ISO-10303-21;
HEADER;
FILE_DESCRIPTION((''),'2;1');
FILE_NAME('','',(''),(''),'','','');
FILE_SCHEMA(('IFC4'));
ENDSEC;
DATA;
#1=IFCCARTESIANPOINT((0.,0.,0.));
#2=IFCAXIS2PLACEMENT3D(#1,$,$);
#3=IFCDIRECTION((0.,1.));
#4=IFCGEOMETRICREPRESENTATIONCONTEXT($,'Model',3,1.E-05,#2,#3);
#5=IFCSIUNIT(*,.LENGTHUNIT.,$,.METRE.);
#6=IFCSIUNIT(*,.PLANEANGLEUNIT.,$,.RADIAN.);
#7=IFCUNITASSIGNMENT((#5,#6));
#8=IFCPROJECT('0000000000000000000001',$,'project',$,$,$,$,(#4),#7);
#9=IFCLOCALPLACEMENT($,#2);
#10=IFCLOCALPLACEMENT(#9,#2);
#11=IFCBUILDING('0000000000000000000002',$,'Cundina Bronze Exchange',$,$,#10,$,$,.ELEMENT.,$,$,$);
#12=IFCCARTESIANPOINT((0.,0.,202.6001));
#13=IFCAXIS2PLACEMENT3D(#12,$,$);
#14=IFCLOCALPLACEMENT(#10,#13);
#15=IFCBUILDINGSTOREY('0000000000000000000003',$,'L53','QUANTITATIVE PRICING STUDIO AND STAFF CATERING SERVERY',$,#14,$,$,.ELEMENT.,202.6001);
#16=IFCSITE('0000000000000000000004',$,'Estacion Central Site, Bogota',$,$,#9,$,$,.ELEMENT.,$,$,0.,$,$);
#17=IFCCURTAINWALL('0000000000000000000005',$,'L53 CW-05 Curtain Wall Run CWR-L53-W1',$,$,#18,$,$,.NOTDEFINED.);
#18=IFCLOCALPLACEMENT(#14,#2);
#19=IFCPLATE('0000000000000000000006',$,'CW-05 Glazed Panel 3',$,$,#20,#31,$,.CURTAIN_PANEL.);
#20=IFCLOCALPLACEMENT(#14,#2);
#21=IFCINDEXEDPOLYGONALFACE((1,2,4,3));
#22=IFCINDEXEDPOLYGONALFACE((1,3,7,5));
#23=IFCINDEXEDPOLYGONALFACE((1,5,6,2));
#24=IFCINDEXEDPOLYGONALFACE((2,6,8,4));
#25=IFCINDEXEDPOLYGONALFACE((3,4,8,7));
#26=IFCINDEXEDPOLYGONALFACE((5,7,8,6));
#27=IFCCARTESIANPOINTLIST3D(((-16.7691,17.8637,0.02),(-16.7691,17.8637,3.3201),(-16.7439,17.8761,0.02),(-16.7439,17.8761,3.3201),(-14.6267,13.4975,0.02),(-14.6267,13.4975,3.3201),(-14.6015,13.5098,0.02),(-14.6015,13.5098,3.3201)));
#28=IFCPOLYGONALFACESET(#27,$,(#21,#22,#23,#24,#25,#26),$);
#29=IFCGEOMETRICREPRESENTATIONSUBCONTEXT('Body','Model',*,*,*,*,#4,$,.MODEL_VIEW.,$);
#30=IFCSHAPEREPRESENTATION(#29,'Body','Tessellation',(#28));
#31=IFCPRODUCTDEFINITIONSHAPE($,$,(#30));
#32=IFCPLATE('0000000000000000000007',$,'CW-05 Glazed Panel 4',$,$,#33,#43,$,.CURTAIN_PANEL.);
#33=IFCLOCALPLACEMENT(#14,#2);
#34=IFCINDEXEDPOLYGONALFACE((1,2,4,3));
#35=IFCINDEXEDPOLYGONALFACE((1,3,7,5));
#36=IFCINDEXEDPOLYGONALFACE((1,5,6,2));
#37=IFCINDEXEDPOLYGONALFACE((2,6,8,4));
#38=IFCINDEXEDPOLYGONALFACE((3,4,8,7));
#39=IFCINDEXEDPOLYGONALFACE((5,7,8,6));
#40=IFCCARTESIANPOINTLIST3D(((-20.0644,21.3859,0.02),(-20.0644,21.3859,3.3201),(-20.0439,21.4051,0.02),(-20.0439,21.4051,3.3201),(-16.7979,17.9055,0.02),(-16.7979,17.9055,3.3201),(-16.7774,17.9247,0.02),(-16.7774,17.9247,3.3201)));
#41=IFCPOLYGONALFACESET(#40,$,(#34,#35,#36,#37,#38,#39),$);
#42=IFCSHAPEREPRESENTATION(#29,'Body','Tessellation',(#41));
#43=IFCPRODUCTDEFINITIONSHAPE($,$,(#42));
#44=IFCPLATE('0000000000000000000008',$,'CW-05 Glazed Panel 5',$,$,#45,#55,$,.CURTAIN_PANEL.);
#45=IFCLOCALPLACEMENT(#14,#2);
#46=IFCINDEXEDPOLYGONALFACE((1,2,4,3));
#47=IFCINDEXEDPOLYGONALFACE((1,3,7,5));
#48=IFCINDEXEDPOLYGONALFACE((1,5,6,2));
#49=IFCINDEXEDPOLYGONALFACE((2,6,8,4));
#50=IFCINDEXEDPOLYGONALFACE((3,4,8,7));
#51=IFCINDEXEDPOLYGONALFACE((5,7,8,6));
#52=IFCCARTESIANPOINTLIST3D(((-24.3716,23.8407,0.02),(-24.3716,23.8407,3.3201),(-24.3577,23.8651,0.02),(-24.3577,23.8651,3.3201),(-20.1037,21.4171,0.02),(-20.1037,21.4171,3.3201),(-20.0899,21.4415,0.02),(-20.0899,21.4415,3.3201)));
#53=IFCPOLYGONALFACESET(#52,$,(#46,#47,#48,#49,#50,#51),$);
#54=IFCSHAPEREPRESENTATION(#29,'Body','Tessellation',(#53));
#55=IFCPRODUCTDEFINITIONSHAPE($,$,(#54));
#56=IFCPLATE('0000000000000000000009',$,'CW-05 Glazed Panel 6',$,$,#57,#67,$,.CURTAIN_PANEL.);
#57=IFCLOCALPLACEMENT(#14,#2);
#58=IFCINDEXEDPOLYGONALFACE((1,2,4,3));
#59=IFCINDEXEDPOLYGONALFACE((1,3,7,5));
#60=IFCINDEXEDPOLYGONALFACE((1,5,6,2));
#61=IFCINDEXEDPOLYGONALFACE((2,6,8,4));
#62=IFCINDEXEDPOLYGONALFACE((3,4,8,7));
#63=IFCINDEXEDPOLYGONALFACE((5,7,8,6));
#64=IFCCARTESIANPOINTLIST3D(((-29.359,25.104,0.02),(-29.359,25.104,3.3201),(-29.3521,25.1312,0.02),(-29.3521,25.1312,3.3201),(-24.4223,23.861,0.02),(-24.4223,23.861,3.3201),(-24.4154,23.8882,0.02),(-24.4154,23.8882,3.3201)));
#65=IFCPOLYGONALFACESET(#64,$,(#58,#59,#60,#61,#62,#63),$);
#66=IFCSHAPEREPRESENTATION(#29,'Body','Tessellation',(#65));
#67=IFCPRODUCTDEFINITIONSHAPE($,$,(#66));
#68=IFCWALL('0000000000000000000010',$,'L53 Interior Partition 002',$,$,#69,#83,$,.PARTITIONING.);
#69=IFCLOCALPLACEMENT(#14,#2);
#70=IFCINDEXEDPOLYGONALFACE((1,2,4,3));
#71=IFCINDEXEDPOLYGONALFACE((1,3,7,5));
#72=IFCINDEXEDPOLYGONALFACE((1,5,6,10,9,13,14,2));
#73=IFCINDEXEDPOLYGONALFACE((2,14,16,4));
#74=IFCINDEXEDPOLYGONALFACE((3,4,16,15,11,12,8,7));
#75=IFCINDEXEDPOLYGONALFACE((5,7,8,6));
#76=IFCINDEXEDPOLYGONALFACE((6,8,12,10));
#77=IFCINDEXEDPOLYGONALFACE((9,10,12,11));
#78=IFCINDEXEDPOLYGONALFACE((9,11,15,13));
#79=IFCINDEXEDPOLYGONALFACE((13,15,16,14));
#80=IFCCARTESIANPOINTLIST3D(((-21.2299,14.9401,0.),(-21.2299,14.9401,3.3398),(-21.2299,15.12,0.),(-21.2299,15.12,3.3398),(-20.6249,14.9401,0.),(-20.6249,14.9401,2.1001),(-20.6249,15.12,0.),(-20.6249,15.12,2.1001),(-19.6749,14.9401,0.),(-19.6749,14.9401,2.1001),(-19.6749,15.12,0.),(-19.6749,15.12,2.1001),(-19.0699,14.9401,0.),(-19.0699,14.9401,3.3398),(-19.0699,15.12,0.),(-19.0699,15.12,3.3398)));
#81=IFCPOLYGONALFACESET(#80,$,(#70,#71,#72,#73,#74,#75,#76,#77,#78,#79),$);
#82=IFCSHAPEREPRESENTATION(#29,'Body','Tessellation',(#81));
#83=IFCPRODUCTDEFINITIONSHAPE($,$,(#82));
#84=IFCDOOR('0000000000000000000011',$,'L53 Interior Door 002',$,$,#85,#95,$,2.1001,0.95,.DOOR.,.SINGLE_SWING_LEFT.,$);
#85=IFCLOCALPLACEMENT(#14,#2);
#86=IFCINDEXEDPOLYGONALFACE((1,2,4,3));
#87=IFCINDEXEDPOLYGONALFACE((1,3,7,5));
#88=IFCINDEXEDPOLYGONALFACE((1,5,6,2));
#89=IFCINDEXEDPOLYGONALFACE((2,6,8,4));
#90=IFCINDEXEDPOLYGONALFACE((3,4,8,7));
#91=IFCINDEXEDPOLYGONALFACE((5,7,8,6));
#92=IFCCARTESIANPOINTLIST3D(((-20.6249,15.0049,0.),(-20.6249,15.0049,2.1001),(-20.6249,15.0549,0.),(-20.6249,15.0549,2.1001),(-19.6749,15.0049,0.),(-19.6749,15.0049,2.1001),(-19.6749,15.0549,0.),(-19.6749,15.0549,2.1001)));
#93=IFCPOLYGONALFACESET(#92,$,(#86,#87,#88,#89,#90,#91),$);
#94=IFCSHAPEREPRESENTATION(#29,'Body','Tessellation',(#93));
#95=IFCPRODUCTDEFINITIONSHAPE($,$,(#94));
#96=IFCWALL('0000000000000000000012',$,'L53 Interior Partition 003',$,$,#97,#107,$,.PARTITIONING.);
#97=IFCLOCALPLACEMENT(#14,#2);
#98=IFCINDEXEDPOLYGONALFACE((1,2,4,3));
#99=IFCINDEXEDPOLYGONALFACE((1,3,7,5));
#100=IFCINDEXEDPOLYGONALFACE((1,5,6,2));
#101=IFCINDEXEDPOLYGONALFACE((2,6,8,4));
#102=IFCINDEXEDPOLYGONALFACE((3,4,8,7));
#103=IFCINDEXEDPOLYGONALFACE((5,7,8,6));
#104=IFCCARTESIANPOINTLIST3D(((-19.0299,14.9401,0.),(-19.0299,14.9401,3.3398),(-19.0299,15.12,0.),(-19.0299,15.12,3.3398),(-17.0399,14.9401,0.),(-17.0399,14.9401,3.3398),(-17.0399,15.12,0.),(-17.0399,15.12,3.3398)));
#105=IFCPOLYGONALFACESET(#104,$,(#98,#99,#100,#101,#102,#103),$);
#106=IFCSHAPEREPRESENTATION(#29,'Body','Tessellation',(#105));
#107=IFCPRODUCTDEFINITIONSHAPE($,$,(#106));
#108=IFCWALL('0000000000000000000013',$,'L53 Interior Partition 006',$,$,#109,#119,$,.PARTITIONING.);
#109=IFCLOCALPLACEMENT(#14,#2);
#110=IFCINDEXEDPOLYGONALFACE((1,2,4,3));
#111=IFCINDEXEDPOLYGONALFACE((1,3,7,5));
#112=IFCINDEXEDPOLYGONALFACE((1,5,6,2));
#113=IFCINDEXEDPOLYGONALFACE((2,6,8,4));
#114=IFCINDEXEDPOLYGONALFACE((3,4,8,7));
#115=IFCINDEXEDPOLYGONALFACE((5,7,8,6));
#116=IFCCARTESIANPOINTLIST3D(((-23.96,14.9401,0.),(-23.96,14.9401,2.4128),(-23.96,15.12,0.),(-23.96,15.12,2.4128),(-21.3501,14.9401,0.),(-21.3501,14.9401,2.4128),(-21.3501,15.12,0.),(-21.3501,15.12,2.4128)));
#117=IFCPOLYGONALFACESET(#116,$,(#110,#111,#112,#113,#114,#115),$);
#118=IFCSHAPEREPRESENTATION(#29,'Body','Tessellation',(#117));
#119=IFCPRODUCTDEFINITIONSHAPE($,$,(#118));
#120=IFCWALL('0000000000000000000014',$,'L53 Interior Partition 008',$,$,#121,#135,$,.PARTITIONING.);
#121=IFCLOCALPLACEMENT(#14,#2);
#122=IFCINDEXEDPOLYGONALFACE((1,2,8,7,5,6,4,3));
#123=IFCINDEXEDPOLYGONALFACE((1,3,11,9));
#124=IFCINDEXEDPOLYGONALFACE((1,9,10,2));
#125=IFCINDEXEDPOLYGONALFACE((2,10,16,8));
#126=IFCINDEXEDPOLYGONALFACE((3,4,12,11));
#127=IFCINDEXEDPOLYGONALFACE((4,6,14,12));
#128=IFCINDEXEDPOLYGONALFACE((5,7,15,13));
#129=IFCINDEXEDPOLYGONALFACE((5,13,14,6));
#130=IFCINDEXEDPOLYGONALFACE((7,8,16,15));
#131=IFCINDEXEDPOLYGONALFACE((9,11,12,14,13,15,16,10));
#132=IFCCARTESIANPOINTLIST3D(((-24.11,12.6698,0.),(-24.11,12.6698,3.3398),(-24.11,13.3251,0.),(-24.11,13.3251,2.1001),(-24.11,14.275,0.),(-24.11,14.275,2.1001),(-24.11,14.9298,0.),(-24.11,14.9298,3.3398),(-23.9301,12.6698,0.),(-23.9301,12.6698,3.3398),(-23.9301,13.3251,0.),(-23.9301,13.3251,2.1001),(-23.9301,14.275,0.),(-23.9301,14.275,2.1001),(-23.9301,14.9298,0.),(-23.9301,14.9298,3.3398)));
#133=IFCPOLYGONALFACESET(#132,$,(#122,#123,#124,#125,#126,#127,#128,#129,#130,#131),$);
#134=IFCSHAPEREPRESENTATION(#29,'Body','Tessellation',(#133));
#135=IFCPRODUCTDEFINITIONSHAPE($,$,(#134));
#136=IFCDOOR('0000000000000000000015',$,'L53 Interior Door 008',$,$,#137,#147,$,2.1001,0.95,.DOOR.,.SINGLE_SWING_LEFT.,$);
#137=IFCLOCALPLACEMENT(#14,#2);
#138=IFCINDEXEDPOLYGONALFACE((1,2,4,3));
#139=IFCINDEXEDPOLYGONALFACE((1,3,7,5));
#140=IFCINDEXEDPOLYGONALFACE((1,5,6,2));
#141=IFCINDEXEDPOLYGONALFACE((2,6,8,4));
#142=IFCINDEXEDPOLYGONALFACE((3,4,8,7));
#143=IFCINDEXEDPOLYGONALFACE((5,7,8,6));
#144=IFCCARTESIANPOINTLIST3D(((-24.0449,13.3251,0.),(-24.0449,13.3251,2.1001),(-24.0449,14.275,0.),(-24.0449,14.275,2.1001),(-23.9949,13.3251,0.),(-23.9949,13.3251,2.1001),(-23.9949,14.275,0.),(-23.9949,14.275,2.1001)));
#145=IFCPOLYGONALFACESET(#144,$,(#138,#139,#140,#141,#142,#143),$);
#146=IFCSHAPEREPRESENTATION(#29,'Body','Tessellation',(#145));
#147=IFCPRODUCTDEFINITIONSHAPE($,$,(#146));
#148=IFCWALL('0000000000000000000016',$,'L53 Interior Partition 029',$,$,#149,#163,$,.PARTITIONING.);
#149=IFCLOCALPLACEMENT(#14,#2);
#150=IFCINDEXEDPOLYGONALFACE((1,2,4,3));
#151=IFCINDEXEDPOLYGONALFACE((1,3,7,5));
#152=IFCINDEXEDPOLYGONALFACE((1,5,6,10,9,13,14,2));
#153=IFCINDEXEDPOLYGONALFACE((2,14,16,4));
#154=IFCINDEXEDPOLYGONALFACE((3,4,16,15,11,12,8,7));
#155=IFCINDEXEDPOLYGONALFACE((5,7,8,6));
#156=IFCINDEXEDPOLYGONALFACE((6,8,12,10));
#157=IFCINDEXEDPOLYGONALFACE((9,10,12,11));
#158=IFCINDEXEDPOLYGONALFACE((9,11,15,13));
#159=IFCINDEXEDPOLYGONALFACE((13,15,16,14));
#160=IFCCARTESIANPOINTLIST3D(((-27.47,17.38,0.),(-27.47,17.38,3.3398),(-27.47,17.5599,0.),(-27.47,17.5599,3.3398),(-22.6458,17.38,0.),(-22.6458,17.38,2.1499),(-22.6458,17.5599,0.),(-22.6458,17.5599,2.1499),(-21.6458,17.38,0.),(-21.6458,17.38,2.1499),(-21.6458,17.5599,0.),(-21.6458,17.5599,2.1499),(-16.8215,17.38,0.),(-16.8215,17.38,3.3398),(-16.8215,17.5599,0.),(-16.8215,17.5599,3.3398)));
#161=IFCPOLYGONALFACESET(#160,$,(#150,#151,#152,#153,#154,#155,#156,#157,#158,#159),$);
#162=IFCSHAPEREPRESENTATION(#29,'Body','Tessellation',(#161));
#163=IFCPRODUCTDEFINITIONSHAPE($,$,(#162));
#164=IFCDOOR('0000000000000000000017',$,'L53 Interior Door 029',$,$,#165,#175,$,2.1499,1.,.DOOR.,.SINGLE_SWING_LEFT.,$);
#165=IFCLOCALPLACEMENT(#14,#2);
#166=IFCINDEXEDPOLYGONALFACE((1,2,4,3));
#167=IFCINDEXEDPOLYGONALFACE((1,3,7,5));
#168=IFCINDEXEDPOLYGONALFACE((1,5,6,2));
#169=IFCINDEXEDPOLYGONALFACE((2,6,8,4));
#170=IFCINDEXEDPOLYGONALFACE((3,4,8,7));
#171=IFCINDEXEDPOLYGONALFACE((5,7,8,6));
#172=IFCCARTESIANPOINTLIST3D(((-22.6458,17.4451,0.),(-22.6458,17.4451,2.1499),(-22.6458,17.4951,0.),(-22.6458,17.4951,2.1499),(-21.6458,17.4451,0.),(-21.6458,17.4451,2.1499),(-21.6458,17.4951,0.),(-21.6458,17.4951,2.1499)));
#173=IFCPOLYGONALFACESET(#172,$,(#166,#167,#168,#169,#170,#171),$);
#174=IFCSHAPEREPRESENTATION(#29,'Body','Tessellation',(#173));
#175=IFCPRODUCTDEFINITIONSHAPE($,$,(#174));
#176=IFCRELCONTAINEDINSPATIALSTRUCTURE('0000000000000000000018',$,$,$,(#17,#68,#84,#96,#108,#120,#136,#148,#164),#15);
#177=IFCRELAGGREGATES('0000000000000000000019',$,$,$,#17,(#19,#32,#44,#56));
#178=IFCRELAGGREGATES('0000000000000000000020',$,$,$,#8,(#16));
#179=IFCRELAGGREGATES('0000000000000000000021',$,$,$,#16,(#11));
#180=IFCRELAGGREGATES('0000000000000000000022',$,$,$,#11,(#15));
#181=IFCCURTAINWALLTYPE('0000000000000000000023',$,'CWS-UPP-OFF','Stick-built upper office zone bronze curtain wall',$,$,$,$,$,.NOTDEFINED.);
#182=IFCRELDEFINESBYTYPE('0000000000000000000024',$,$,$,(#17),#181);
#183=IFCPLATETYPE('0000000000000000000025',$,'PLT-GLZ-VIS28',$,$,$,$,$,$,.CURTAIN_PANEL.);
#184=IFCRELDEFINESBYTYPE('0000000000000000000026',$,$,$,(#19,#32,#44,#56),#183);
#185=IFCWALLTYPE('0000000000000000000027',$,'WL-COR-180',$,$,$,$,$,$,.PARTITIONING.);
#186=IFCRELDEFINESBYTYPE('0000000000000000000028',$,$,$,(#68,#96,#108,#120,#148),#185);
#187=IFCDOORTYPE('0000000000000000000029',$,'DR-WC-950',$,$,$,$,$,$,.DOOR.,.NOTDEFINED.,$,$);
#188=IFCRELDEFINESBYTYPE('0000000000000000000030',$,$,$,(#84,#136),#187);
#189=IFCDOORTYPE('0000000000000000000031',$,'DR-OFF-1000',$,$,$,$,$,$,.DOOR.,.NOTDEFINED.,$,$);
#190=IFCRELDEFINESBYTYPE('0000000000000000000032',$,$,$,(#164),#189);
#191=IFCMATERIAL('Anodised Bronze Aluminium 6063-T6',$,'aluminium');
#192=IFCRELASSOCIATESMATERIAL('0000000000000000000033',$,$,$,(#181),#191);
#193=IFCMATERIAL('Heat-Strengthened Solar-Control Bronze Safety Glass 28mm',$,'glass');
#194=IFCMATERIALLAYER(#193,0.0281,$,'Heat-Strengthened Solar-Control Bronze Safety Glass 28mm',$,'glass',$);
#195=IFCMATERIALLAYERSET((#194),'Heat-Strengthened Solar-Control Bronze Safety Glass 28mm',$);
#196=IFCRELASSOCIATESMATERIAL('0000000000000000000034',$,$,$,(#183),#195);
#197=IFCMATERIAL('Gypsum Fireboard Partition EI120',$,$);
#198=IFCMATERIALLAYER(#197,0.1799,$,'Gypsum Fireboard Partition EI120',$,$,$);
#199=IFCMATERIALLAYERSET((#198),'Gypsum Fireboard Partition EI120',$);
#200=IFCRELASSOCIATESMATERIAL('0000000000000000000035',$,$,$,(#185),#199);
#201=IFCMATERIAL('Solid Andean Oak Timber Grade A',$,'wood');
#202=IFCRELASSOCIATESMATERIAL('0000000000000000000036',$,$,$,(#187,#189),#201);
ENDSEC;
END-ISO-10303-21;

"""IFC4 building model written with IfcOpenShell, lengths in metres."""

from ifc_helpers import new_model, si_unit, direction, frame, frame_2d, origin, origin_2d, place, context, subcontext, project, spatial, rectangle, extrude, material, layer, layer_set, type_object, element, fill, aggregate, save


model = new_model("IFC4")

# Units and contexts
model_context = context("Model", 3, precision=1e-05, world=origin(), true_north=direction((0.0, 1.0)))
body_context = subcontext(model_context, "Body", "Model", "MODEL_VIEW")
ifc_project = project(units=[si_unit("LENGTHUNIT", "METRE"), si_unit("PLANEANGLEUNIT", "RADIAN")], contexts=[model_context])

# Site, building, storey
site_placement = place(None, origin())
site = spatial("IfcSite", under=ifc_project, at=site_placement, Name="Estacion Central Site, Bogota", CompositionType="ELEMENT", RefElevation=0.0)
building_placement = place(site_placement, origin())
building = spatial("IfcBuilding", under=site, at=building_placement, Name="Cundina Bronze Exchange", CompositionType="ELEMENT")
storey_placement = place(building_placement, frame((0.0, 0.0, 202.6001)))
storey = spatial("IfcBuildingStorey", under=building, at=storey_placement, Name="L53", Description="QUANTITATIVE PRICING STUDIO AND STAFF CATERING SERVERY", CompositionType="ELEMENT", Elevation=202.6001)

# Curtain wall, plates
ifc_material_1 = material(Name="Anodised Bronze Aluminium 6063-T6", Category="aluminium")
curtain_wall_type = type_object("IfcCurtainWallType", Name="CWS-UPP-OFF", Description="Stick-built upper office zone bronze curtain wall", PredefinedType="NOTDEFINED", material=ifc_material_1)
curtain_wall_placement = place(storey_placement, origin())
curtain_wall = element("IfcCurtainWall", 1, at=curtain_wall_placement, inside=storey, type_object=curtain_wall_type, Name="L53 CW-05 Curtain Wall Run CWR-L53-W1", PredefinedType="NOTDEFINED")
ifc_material_2 = material(Name="Heat-Strengthened Solar-Control Bronze Safety Glass 28mm", Category="glass")
ifc_layer_1 = layer(ifc_material_2, 0.0281, Name="Heat-Strengthened Solar-Control Bronze Safety Glass 28mm", Category="glass")
ifc_layer_set_1 = layer_set([ifc_layer_1], Name="Heat-Strengthened Solar-Control Bronze Safety Glass 28mm")
plate_type = type_object("IfcPlateType", Name="PLT-GLZ-VIS28", PredefinedType="CURTAIN_PANEL", material=ifc_layer_set_1)
plate_1_placement = place(storey_placement, frame((-15.6853, 15.6868, 0.02), z_axis=(0.0, 0.0, 1.0), x_axis=(-0.440503, 0.897751, 0.0)))
plate_1 = element("IfcPlate", 2, at=plate_1_placement, type_object=plate_type, Name="CW-05 Glazed Panel 3", PredefinedType="CURTAIN_PANEL", context=body_context, shape_type="SweptSolid", body=[
    extrude(rectangle(XDim=4.8635, YDim=0.0281, at=origin_2d()), origin(), (0.0, 0.0, 1.0), 3.3),
])
plate_2_placement = place(storey_placement, frame((-18.4209, 19.6553, 0.02), z_axis=(0.0, 0.0, 1.0), x_axis=(-0.684344, 0.72916, 0.0)))
plate_2 = element("IfcPlate", 3, at=plate_2_placement, type_object=plate_type, Name="CW-05 Glazed Panel 4", PredefinedType="CURTAIN_PANEL", context=body_context, shape_type="SweptSolid", body=[
    extrude(rectangle(XDim=4.7732, YDim=0.0281, at=origin_2d()), origin(), (0.0, 0.0, 1.0), 3.3),
])
plate_3_placement = place(storey_placement, frame((-22.2307, 22.6411, 0.02), z_axis=(0.0, 0.0, 1.0), x_axis=(-0.869573, 0.493805, 0.0)))
plate_3 = element("IfcPlate", 4, at=plate_3_placement, type_object=plate_type, Name="CW-05 Glazed Panel 5", PredefinedType="CURTAIN_PANEL", context=body_context, shape_type="SweptSolid", body=[
    extrude(rectangle(XDim=4.908, YDim=0.0281, at=origin_2d()), origin(), (0.0, 0.0, 1.0), 3.3),
])
plate_4_placement = place(storey_placement, frame((-26.8872, 24.4961, 0.02), z_axis=(0.0, 0.0, 1.0), x_axis=(-0.969732, 0.244174, 0.0)))
plate_4 = element("IfcPlate", 5, at=plate_4_placement, type_object=plate_type, Name="CW-05 Glazed Panel 6", PredefinedType="CURTAIN_PANEL", context=body_context, shape_type="SweptSolid", body=[
    extrude(rectangle(XDim=5.0908, YDim=0.0281, at=origin_2d()), origin(), (0.0, 0.0, 1.0), 3.3),
])
aggregate(curtain_wall, [plate_1, plate_2, plate_3, plate_4])

# Wall, opening, door
ifc_material_3 = material(Name="Gypsum Fireboard Partition EI120")
ifc_layer_2 = layer(ifc_material_3, 0.1799, Name="Gypsum Fireboard Partition EI120")
ifc_layer_set_2 = layer_set([ifc_layer_2], Name="Gypsum Fireboard Partition EI120")
wall_type_1 = type_object("IfcWallType", Name="WL-COR-180", PredefinedType="PARTITIONING", material=ifc_layer_set_2)
wall_1_placement = place(storey_placement, frame((-21.23, 15.03, 0.0), z_axis=(0.0, 0.0, 1.0), x_axis=(1.0, 0.0, 0.0)))
wall_1 = element("IfcWall", 6, at=wall_1_placement, inside=storey, type_object=wall_type_1, Name="L53 Interior Partition 002", PredefinedType="PARTITIONING", context=body_context, shape_type="SweptSolid", body=[
    extrude(rectangle(XDim=2.1599, YDim=0.1799, at=frame_2d((1.0801, 0.0))), origin(), (0.0, 0.0, 1.0), 3.3398),
])
opening_1_placement = place(wall_1_placement, frame((0.605, 0.0, 0.0)))
opening_1 = element("IfcOpeningElement", 7, at=opening_1_placement, cuts=wall_1, PredefinedType="OPENING", context=body_context, shape_type="SweptSolid", body=[
    extrude(rectangle(XDim=0.95, YDim=2.1001, at=frame_2d((0.4751, 1.05))), frame((0.0, 0.0999, 0.0), z_axis=(0.0, -1.0, 0.0), x_axis=(1.0, 0.0, 0.0)), (0.0, 0.0, 1.0), 0.2),
])
ifc_material_4 = material(Name="Solid Andean Oak Timber Grade A", Category="wood")
door_type_1 = type_object("IfcDoorType", Name="DR-WC-950", OperationType="NOTDEFINED", PredefinedType="DOOR", material=ifc_material_4)
door_1_placement = place(opening_1_placement, origin())
door_1 = element("IfcDoor", 8, at=door_1_placement, inside=storey, type_object=door_type_1, Name="L53 Interior Door 002", OperationType="SINGLE_SWING_LEFT", OverallHeight=2.1001, OverallWidth=0.95, PredefinedType="DOOR", context=body_context, shape_type="SweptSolid", body=[
    extrude(rectangle(XDim=0.95, YDim=2.1001, at=frame_2d((0.4751, 1.05))), frame((0.0, 0.0249, 0.0), z_axis=(0.0, -1.0, 0.0), x_axis=(1.0, 0.0, 0.0)), (0.0, 0.0, 1.0), 0.05),
])
fill(opening_1, door_1)

# Walls
wall_2_placement = place(storey_placement, frame((-19.03, 15.03, 0.0), z_axis=(0.0, 0.0, 1.0), x_axis=(1.0, 0.0, 0.0)))
element("IfcWall", 9, at=wall_2_placement, inside=storey, type_object=wall_type_1, Name="L53 Interior Partition 003", PredefinedType="PARTITIONING", context=body_context, shape_type="SweptSolid", body=[
    extrude(rectangle(XDim=1.99, YDim=0.1799, at=frame_2d((0.9951, 0.0))), origin(), (0.0, 0.0, 1.0), 3.3398),
])
wall_3_placement = place(storey_placement, frame((-23.96, 15.03, 0.0), z_axis=(0.0, 0.0, 1.0), x_axis=(1.0, 0.0, 0.0)))
element("IfcWall", 10, at=wall_3_placement, inside=storey, type_object=wall_type_1, Name="L53 Interior Partition 006", PredefinedType="PARTITIONING", context=body_context, shape_type="SweptSolid", body=[
    extrude(rectangle(XDim=2.6099, YDim=0.1799, at=frame_2d((1.3049, 0.0))), origin(), (0.0, 0.0, 1.0), 2.4128),
])

# Walls, openings, doors
wall_4_placement = place(storey_placement, frame((-24.02, 12.6699, 0.0), z_axis=(0.0, 0.0, 1.0), x_axis=(0.0, 1.0, 0.0)))
wall_4 = element("IfcWall", 11, at=wall_4_placement, inside=storey, type_object=wall_type_1, Name="L53 Interior Partition 008", PredefinedType="PARTITIONING", context=body_context, shape_type="SweptSolid", body=[
    extrude(rectangle(XDim=2.26, YDim=0.1799, at=frame_2d((1.1299, 0.0))), origin(), (0.0, 0.0, 1.0), 3.3398),
])
opening_2_placement = place(wall_4_placement, frame((0.655, 0.0, 0.0)))
opening_2 = element("IfcOpeningElement", 12, at=opening_2_placement, cuts=wall_4, PredefinedType="OPENING", context=body_context, shape_type="SweptSolid", body=[
    extrude(rectangle(XDim=0.95, YDim=2.1001, at=frame_2d((0.4751, 1.05))), frame((0.0, 0.0999, 0.0), z_axis=(0.0, -1.0, 0.0), x_axis=(1.0, 0.0, 0.0)), (0.0, 0.0, 1.0), 0.2),
])
door_2_placement = place(opening_2_placement, origin())
door_2 = element("IfcDoor", 13, at=door_2_placement, inside=storey, type_object=door_type_1, Name="L53 Interior Door 008", OperationType="SINGLE_SWING_LEFT", OverallHeight=2.1001, OverallWidth=0.95, PredefinedType="DOOR", context=body_context, shape_type="SweptSolid", body=[
    extrude(rectangle(XDim=0.95, YDim=2.1001, at=frame_2d((0.4751, 1.05))), frame((0.0, 0.0249, 0.0), z_axis=(0.0, -1.0, 0.0), x_axis=(1.0, 0.0, 0.0)), (0.0, 0.0, 1.0), 0.05),
])
fill(opening_2, door_2)
wall_5_placement = place(storey_placement, frame((-16.8215, 17.47, 0.0), z_axis=(0.0, 0.0, 1.0), x_axis=(-1.0, 0.0, 0.0)))
wall_5 = element("IfcWall", 14, at=wall_5_placement, inside=storey, type_object=wall_type_1, Name="L53 Interior Partition 029", PredefinedType="PARTITIONING", context=body_context, shape_type="SweptSolid", body=[
    extrude(rectangle(XDim=10.6484, YDim=0.1799, at=frame_2d((5.3242, 0.0))), origin(), (0.0, 0.0, 1.0), 3.3398),
])
opening_3_placement = place(wall_5_placement, frame((4.8242, 0.0, 0.0)))
opening_3 = element("IfcOpeningElement", 15, at=opening_3_placement, cuts=wall_5, PredefinedType="OPENING", context=body_context, shape_type="SweptSolid", body=[
    extrude(rectangle(XDim=1.0, YDim=2.1499, at=frame_2d((0.5, 1.075))), frame((0.0, 0.0999, 0.0), z_axis=(0.0, -1.0, 0.0), x_axis=(1.0, 0.0, 0.0)), (0.0, 0.0, 1.0), 0.2),
])
door_type_2 = type_object("IfcDoorType", Name="DR-OFF-1000", OperationType="NOTDEFINED", PredefinedType="DOOR", material=ifc_material_4)
door_3_placement = place(opening_3_placement, origin())
door_3 = element("IfcDoor", 16, at=door_3_placement, inside=storey, type_object=door_type_2, Name="L53 Interior Door 029", OperationType="SINGLE_SWING_LEFT", OverallHeight=2.1499, OverallWidth=1.0, PredefinedType="DOOR", context=body_context, shape_type="SweptSolid", body=[
    extrude(rectangle(XDim=1.0, YDim=2.1499, at=frame_2d((0.5, 1.075))), frame((0.0, 0.0249, 0.0), z_axis=(0.0, -1.0, 0.0), x_axis=(1.0, 0.0, 0.0)), (0.0, 0.0, 1.0), 0.05),
])
fill(opening_3, door_3)

save(model, "model.ifc")
